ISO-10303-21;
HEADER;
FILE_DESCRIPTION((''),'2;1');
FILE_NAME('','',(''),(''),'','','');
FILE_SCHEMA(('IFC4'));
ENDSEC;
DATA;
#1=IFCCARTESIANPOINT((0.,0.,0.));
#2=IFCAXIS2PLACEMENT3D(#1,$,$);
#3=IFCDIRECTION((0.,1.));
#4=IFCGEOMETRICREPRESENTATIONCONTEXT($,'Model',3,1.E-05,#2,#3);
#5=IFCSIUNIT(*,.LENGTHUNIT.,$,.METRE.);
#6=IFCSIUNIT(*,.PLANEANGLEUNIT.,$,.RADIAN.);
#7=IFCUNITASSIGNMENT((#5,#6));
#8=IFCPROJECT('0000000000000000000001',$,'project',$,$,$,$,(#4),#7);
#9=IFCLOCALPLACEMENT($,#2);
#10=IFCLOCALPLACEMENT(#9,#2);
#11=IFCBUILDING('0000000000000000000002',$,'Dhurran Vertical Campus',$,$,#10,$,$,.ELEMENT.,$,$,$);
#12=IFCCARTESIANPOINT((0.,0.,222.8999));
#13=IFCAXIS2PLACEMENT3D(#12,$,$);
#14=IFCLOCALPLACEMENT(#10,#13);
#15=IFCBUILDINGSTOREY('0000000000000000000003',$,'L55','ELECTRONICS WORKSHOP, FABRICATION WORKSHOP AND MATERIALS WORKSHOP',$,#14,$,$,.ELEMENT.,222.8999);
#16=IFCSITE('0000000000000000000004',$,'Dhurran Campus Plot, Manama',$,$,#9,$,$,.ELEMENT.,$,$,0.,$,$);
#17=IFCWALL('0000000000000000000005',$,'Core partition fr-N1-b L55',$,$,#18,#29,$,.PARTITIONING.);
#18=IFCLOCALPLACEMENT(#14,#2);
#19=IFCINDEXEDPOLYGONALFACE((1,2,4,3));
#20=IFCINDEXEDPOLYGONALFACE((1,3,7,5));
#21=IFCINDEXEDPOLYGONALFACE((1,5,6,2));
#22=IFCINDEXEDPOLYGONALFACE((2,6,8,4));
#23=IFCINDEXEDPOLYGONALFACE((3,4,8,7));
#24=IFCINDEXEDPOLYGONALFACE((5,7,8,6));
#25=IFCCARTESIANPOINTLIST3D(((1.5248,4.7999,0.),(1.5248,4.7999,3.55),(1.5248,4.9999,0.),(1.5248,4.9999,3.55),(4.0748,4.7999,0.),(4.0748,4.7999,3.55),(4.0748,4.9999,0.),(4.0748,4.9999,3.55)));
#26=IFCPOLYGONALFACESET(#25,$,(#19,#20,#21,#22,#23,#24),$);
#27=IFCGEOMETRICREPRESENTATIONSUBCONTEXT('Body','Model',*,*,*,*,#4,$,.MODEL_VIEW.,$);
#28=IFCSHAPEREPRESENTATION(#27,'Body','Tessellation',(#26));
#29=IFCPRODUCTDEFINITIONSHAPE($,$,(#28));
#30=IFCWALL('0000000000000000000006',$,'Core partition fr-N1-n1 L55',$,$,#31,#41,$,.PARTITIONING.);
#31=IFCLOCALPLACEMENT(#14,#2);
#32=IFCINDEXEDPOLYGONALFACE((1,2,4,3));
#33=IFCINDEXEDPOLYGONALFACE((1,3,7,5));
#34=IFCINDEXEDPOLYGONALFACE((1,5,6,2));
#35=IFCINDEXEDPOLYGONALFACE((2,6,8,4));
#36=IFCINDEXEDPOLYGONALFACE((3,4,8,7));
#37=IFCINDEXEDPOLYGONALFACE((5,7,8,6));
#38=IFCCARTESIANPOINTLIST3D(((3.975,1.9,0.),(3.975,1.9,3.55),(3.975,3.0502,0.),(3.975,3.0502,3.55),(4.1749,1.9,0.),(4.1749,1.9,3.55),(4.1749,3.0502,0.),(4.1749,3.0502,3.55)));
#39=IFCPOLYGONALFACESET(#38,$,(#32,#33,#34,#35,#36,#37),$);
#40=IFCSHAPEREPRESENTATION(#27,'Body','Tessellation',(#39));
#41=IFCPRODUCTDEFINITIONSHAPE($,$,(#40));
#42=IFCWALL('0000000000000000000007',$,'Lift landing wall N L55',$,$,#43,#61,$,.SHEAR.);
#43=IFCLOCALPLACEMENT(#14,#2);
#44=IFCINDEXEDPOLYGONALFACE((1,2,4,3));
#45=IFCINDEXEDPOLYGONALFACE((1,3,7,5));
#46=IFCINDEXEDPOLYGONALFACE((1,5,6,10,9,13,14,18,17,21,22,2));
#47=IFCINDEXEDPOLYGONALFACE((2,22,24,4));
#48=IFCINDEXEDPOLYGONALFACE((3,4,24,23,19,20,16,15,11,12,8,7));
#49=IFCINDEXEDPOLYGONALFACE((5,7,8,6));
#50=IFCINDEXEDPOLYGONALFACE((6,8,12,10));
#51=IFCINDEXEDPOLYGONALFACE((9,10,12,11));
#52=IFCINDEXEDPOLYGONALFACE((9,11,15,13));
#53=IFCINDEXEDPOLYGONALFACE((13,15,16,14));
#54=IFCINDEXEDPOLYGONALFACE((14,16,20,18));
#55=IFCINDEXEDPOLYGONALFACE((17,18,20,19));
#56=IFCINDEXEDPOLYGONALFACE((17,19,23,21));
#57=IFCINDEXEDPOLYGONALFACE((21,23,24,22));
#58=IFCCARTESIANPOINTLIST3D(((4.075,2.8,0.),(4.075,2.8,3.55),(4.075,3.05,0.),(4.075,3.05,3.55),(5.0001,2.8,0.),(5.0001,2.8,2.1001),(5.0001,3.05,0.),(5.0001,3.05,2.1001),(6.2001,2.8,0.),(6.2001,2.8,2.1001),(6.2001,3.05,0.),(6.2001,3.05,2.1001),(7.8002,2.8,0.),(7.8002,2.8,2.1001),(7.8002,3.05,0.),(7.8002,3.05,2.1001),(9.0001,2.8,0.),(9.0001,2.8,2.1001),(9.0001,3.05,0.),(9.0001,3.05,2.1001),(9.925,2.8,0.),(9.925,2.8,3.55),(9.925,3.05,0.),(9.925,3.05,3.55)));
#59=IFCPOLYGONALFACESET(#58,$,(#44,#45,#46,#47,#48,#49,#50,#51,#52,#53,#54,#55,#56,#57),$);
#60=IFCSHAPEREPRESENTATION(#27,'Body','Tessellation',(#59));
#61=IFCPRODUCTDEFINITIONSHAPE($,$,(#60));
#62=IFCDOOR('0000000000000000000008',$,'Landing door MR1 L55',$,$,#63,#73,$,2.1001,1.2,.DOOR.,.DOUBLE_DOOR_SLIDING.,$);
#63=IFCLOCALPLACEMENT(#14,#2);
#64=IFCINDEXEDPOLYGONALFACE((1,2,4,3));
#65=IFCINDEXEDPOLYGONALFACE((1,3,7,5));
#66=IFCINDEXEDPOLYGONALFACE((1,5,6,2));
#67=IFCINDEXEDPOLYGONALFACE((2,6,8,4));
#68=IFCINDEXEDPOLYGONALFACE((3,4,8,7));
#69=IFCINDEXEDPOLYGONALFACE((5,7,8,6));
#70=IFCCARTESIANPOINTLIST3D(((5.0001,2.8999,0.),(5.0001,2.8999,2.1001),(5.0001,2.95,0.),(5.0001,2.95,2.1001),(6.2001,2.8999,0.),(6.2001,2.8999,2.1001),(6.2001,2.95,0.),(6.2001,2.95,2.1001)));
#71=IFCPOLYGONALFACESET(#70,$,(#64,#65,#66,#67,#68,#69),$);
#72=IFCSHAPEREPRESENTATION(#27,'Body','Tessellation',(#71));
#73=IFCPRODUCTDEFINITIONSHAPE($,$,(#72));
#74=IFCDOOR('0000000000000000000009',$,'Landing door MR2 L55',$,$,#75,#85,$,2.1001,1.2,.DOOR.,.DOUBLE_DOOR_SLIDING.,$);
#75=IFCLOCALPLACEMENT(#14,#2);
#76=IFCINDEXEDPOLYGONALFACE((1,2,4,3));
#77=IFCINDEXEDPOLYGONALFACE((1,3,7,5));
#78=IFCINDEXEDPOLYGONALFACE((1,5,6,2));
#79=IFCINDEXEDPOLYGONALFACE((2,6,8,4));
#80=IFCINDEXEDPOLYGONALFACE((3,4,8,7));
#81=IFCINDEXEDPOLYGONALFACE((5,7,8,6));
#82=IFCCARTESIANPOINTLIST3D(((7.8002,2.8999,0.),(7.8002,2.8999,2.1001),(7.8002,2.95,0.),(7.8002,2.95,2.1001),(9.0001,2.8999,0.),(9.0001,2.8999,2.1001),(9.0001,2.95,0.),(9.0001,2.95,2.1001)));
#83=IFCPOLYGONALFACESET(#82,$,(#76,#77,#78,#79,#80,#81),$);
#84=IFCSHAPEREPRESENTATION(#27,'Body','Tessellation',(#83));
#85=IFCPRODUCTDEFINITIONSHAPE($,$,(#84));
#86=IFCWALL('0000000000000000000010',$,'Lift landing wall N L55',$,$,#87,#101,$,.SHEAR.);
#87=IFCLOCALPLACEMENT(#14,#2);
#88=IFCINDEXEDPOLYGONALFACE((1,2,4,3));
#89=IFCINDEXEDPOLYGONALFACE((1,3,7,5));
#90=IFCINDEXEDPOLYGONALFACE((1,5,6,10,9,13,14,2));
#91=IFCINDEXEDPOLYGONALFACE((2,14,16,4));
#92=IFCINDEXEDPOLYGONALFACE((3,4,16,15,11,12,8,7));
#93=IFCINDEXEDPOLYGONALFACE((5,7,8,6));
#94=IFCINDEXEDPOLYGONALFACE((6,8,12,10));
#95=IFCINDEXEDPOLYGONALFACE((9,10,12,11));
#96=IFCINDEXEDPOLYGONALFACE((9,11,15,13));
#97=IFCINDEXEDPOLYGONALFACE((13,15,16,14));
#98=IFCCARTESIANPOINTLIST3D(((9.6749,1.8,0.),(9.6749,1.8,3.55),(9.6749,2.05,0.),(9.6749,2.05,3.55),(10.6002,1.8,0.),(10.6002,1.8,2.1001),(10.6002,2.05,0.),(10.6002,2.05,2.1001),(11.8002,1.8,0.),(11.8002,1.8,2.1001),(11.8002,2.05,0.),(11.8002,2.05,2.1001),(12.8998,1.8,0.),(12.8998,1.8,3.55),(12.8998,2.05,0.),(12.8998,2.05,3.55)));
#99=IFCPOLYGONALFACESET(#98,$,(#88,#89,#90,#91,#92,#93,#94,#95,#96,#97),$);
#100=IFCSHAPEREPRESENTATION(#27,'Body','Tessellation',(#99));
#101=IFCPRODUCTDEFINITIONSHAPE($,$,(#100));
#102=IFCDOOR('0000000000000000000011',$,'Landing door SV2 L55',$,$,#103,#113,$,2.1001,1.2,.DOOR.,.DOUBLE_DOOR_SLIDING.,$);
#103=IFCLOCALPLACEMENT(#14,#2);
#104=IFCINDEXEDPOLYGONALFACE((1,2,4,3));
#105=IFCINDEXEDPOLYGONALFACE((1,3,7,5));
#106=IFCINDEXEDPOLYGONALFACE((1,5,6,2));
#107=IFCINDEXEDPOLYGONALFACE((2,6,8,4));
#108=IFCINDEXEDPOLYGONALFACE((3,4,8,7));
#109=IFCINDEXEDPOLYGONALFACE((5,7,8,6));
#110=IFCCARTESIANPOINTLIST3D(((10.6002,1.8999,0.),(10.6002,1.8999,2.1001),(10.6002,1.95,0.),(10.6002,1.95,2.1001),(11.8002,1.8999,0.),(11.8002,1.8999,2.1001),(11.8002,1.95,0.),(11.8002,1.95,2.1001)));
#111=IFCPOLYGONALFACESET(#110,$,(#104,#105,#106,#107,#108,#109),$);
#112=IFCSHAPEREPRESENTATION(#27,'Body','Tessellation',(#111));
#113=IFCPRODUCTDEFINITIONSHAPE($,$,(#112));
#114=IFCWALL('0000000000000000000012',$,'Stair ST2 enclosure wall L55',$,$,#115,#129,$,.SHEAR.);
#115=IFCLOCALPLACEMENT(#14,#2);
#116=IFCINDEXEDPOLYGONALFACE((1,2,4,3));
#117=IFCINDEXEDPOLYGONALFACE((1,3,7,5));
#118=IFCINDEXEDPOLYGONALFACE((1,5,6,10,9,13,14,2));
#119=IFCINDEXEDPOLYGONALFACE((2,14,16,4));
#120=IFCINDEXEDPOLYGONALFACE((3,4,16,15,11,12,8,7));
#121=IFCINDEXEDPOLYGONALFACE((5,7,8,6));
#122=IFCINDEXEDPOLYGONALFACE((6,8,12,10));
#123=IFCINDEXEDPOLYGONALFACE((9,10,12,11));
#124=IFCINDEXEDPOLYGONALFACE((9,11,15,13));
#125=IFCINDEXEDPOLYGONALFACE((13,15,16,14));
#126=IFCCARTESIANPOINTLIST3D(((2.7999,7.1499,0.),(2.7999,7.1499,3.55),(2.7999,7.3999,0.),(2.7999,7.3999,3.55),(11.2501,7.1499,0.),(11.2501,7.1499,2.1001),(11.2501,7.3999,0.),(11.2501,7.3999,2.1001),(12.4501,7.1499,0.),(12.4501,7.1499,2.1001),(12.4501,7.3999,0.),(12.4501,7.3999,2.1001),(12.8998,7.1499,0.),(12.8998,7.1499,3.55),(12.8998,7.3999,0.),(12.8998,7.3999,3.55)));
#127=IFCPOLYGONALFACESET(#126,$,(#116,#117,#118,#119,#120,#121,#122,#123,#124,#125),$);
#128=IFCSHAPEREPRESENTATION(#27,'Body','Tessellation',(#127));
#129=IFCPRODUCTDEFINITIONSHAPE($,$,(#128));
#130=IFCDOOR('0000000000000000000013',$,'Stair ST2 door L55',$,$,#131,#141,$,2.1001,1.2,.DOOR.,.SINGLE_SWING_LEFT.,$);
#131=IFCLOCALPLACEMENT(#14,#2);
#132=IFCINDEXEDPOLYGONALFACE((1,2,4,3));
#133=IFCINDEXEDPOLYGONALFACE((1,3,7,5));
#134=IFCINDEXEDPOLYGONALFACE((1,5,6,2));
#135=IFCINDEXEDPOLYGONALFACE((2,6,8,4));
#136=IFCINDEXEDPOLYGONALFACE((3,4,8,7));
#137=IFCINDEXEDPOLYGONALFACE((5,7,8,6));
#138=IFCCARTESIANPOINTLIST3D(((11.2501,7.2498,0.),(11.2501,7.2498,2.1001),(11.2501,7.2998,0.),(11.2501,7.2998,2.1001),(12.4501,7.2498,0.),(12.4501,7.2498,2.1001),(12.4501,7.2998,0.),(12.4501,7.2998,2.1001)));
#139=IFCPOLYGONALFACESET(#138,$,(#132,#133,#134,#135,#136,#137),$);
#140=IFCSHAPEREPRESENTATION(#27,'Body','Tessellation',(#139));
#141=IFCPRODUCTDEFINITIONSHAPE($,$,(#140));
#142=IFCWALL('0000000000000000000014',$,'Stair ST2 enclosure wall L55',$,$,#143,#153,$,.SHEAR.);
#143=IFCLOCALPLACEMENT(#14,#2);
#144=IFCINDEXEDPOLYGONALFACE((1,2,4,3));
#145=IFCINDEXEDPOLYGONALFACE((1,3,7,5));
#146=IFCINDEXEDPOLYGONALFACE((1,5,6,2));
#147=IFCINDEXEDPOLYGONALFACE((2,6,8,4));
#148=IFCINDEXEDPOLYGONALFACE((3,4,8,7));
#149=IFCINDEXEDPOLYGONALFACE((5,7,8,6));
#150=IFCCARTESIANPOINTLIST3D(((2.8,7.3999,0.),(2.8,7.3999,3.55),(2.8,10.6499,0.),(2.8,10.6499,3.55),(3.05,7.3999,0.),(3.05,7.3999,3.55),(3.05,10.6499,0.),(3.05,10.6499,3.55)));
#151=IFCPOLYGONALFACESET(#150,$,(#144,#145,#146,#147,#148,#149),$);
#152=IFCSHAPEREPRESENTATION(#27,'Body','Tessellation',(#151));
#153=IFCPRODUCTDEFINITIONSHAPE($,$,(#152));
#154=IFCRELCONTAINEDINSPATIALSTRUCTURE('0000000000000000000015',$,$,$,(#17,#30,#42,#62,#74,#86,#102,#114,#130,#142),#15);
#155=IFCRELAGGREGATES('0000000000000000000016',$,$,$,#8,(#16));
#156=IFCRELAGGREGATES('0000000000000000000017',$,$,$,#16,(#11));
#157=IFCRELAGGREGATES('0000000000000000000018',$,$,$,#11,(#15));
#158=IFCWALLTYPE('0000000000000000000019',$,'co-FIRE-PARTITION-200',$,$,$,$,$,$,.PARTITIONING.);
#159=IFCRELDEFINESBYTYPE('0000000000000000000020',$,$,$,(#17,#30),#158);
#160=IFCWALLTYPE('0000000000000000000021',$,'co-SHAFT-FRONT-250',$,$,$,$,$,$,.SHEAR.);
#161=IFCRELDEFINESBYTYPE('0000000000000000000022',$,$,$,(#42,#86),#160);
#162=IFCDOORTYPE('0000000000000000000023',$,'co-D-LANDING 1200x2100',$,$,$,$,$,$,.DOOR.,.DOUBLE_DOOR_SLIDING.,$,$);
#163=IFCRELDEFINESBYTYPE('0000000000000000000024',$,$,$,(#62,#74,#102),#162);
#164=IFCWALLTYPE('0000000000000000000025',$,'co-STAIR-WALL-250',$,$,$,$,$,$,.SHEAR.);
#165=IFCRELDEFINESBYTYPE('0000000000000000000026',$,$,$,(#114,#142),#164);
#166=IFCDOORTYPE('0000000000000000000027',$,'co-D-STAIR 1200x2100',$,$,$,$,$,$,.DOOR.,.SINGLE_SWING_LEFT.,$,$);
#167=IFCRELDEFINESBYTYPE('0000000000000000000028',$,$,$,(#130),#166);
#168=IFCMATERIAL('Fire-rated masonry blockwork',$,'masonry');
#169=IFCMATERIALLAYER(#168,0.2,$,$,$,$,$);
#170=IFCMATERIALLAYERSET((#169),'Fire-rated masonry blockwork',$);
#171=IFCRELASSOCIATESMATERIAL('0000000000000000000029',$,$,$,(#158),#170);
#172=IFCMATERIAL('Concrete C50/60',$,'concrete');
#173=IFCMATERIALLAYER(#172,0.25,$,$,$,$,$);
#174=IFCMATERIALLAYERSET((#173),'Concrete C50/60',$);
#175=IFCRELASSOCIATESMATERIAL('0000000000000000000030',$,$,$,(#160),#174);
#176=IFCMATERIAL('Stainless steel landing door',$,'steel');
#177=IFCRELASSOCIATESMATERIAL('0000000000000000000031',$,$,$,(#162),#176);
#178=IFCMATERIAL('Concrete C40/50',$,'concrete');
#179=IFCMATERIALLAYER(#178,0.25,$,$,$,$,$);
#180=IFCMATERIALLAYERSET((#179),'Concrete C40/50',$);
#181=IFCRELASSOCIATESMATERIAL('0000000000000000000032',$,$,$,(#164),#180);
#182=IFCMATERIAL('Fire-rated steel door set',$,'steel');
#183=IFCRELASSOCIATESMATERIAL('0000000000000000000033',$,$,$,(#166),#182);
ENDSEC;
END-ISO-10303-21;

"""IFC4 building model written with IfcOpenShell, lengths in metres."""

from ifc_helpers import new_model, si_unit, direction, frame, frame_2d, origin, place, context, subcontext, project, spatial, rectangle, extrude, material, layer, layer_set, type_object, element, fill, save


model = new_model("IFC4")

# Units and contexts
model_context = context("Model", 3, precision=1e-05, world=origin(), true_north=direction((0.0, 1.0)))
body_context = subcontext(model_context, "Body", "Model", "MODEL_VIEW")
ifc_project = project(units=[si_unit("LENGTHUNIT", "METRE"), si_unit("PLANEANGLEUNIT", "RADIAN")], contexts=[model_context])

# Site, building, storey
site_placement = place(None, origin())
site = spatial("IfcSite", under=ifc_project, at=site_placement, Name="Dhurran Campus Plot, Manama", CompositionType="ELEMENT", RefElevation=0.0)
building_placement = place(site_placement, origin())
building = spatial("IfcBuilding", under=site, at=building_placement, Name="Dhurran Vertical Campus", CompositionType="ELEMENT")
storey_placement = place(building_placement, frame((0.0, 0.0, 222.8999)))
storey = spatial("IfcBuildingStorey", under=building, at=storey_placement, Name="L55", Description="ELECTRONICS WORKSHOP, FABRICATION WORKSHOP AND MATERIALS WORKSHOP", CompositionType="ELEMENT", Elevation=222.8999)

# Shared definitions
ifc_material_1 = material(Name="Fire-rated masonry blockwork", Category="masonry")
ifc_layer_1 = layer(ifc_material_1, 0.2)
ifc_layer_set_1 = layer_set([ifc_layer_1], Name="Fire-rated masonry blockwork")
wall_type_1 = type_object("IfcWallType", Name="co-FIRE-PARTITION-200", PredefinedType="PARTITIONING", material=ifc_layer_set_1)

# Walls
wall_1_placement = place(storey_placement, frame((1.5249, 4.8999, 0.0), z_axis=(0.0, 0.0, 1.0), x_axis=(1.0, 0.0, 0.0)))
element("IfcWall", 1, at=wall_1_placement, inside=storey, type_object=wall_type_1, Name="Core partition fr-N1-b L55", PredefinedType="PARTITIONING", context=body_context, shape_type="SweptSolid", body=[
    extrude(rectangle(XDim=2.55, YDim=0.2, at=frame_2d((1.2749, 0.0))), origin(), (0.0, 0.0, 1.0), 3.55),
])
wall_2_placement = place(storey_placement, frame((4.075, 1.8999, 0.0), z_axis=(0.0, 0.0, 1.0), x_axis=(0.0, 1.0, 0.0)))
element("IfcWall", 2, at=wall_2_placement, inside=storey, type_object=wall_type_1, Name="Core partition fr-N1-n1 L55", PredefinedType="PARTITIONING", context=body_context, shape_type="SweptSolid", body=[
    extrude(rectangle(XDim=1.1501, YDim=0.2, at=frame_2d((0.5752, 0.0))), origin(), (0.0, 0.0, 1.0), 3.55),
])

# Wall, openings, doors
ifc_material_2 = material(Name="Concrete C50/60", Category="concrete")
ifc_layer_2 = layer(ifc_material_2, 0.25)
ifc_layer_set_2 = layer_set([ifc_layer_2], Name="Concrete C50/60")
wall_type_2 = type_object("IfcWallType", Name="co-SHAFT-FRONT-250", PredefinedType="SHEAR", material=ifc_layer_set_2)
wall_3_placement = place(storey_placement, frame((4.075, 2.925, 0.0), z_axis=(0.0, 0.0, 1.0), x_axis=(1.0, 0.0, 0.0)))
wall_3 = element("IfcWall", 3, at=wall_3_placement, inside=storey, type_object=wall_type_2, Name="Lift landing wall N L55", PredefinedType="SHEAR", context=body_context, shape_type="SweptSolid", body=[
    extrude(rectangle(XDim=5.8501, YDim=0.25, at=frame_2d((2.925, 0.0))), origin(), (0.0, 0.0, 1.0), 3.55),
])
opening_1_placement = place(wall_3_placement, frame((0.925, 0.0, 0.0)))
opening_1 = element("IfcOpeningElement", 4, at=opening_1_placement, cuts=wall_3, PredefinedType="OPENING", context=body_context, shape_type="SweptSolid", body=[
    extrude(rectangle(XDim=1.2, YDim=2.1001, at=frame_2d((0.6001, 1.05))), frame((0.0, 0.135, 0.0), z_axis=(0.0, -1.0, 0.0), x_axis=(1.0, 0.0, 0.0)), (0.0, 0.0, 1.0), 0.27),
])
opening_2_placement = place(wall_3_placement, frame((3.7251, 0.0, 0.0)))
opening_2 = element("IfcOpeningElement", 5, at=opening_2_placement, cuts=wall_3, PredefinedType="OPENING", context=body_context, shape_type="SweptSolid", body=[
    extrude(rectangle(XDim=1.2, YDim=2.1001, at=frame_2d((0.6001, 1.05))), frame((0.0, 0.135, 0.0), z_axis=(0.0, -1.0, 0.0), x_axis=(1.0, 0.0, 0.0)), (0.0, 0.0, 1.0), 0.27),
])
ifc_material_3 = material(Name="Stainless steel landing door", Category="steel")
door_type_1 = type_object("IfcDoorType", Name="co-D-LANDING 1200x2100", OperationType="DOUBLE_DOOR_SLIDING", PredefinedType="DOOR", material=ifc_material_3)
door_1_placement = place(opening_1_placement, origin())
door_1 = element("IfcDoor", 6, at=door_1_placement, inside=storey, type_object=door_type_1, Name="Landing door MR1 L55", OperationType="DOUBLE_DOOR_SLIDING", OverallHeight=2.1001, OverallWidth=1.2, PredefinedType="DOOR", context=body_context, shape_type="SweptSolid", body=[
    extrude(rectangle(XDim=1.2, YDim=2.1001, at=frame_2d((0.6001, 1.05))), frame((0.0, 0.0249, 0.0), z_axis=(0.0, -1.0, 0.0), x_axis=(1.0, 0.0, 0.0)), (0.0, 0.0, 1.0), 0.05),
])
fill(opening_1, door_1)
door_2_placement = place(opening_2_placement, origin())
door_2 = element("IfcDoor", 7, at=door_2_placement, inside=storey, type_object=door_type_1, Name="Landing door MR2 L55", OperationType="DOUBLE_DOOR_SLIDING", OverallHeight=2.1001, OverallWidth=1.2, PredefinedType="DOOR", context=body_context, shape_type="SweptSolid", body=[
    extrude(rectangle(XDim=1.2, YDim=2.1001, at=frame_2d((0.6001, 1.05))), frame((0.0, 0.0249, 0.0), z_axis=(0.0, -1.0, 0.0), x_axis=(1.0, 0.0, 0.0)), (0.0, 0.0, 1.0), 0.05),
])
fill(opening_2, door_2)

# Walls, openings, doors
wall_4_placement = place(storey_placement, frame((9.675, 1.925, 0.0), z_axis=(0.0, 0.0, 1.0), x_axis=(1.0, 0.0, 0.0)))
wall_4 = element("IfcWall", 8, at=wall_4_placement, inside=storey, type_object=wall_type_2, Name="Lift landing wall N L55", PredefinedType="SHEAR", context=body_context, shape_type="SweptSolid", body=[
    extrude(rectangle(XDim=3.2249, YDim=0.25, at=frame_2d((1.6123, 0.0))), origin(), (0.0, 0.0, 1.0), 3.55),
])
opening_3_placement = place(wall_4_placement, frame((0.925, 0.0, 0.0)))
opening_3 = element("IfcOpeningElement", 9, at=opening_3_placement, cuts=wall_4, PredefinedType="OPENING", context=body_context, shape_type="SweptSolid", body=[
    extrude(rectangle(XDim=1.2, YDim=2.1001, at=frame_2d((0.6001, 1.05))), frame((0.0, 0.135, 0.0), z_axis=(0.0, -1.0, 0.0), x_axis=(1.0, 0.0, 0.0)), (0.0, 0.0, 1.0), 0.27),
])
door_3_placement = place(opening_3_placement, origin())
door_3 = element("IfcDoor", 10, at=door_3_placement, inside=storey, type_object=door_type_1, Name="Landing door SV2 L55", OperationType="DOUBLE_DOOR_SLIDING", OverallHeight=2.1001, OverallWidth=1.2, PredefinedType="DOOR", context=body_context, shape_type="SweptSolid", body=[
    extrude(rectangle(XDim=1.2, YDim=2.1001, at=frame_2d((0.6001, 1.05))), frame((0.0, 0.0249, 0.0), z_axis=(0.0, -1.0, 0.0), x_axis=(1.0, 0.0, 0.0)), (0.0, 0.0, 1.0), 0.05),
])
fill(opening_3, door_3)
ifc_material_4 = material(Name="Concrete C40/50", Category="concrete")
ifc_layer_3 = layer(ifc_material_4, 0.25)
ifc_layer_set_3 = layer_set([ifc_layer_3], Name="Concrete C40/50")
wall_type_3 = type_object("IfcWallType", Name="co-STAIR-WALL-250", PredefinedType="SHEAR", material=ifc_layer_set_3)
wall_5_placement = place(storey_placement, frame((2.8, 7.2749, 0.0), z_axis=(0.0, 0.0, 1.0), x_axis=(1.0, 0.0, 0.0)))
wall_5 = element("IfcWall", 11, at=wall_5_placement, inside=storey, type_object=wall_type_3, Name="Stair ST2 enclosure wall L55", PredefinedType="SHEAR", context=body_context, shape_type="SweptSolid", body=[
    extrude(rectangle(XDim=10.0999, YDim=0.25, at=frame_2d((5.0498, 0.0))), origin(), (0.0, 0.0, 1.0), 3.55),
])
opening_4_placement = place(wall_5_placement, frame((8.45, 0.0, 0.0)))
opening_4 = element("IfcOpeningElement", 12, at=opening_4_placement, cuts=wall_5, PredefinedType="OPENING", context=body_context, shape_type="SweptSolid", body=[
    extrude(rectangle(XDim=1.2, YDim=2.1001, at=frame_2d((0.6001, 1.05))), frame((0.0, 0.135, 0.0), z_axis=(0.0, -1.0, 0.0), x_axis=(1.0, 0.0, 0.0)), (0.0, 0.0, 1.0), 0.27),
])
ifc_material_5 = material(Name="Fire-rated steel door set", Category="steel")
door_type_2 = type_object("IfcDoorType", Name="co-D-STAIR 1200x2100", OperationType="SINGLE_SWING_LEFT", PredefinedType="DOOR", material=ifc_material_5)
door_4_placement = place(opening_4_placement, origin())
door_4 = element("IfcDoor", 13, at=door_4_placement, inside=storey, type_object=door_type_2, Name="Stair ST2 door L55", OperationType="SINGLE_SWING_LEFT", OverallHeight=2.1001, OverallWidth=1.2, PredefinedType="DOOR", context=body_context, shape_type="SweptSolid", body=[
    extrude(rectangle(XDim=1.2, YDim=2.1001, at=frame_2d((0.6001, 1.05))), frame((0.0, 0.0249, 0.0), z_axis=(0.0, -1.0, 0.0), x_axis=(1.0, 0.0, 0.0)), (0.0, 0.0, 1.0), 0.05),
])
fill(opening_4, door_4)

# Wall
wall_6_placement = place(storey_placement, frame((2.925, 7.3999, 0.0), z_axis=(0.0, 0.0, 1.0), x_axis=(0.0, 1.0, 0.0)))
element("IfcWall", 14, at=wall_6_placement, inside=storey, type_object=wall_type_3, Name="Stair ST2 enclosure wall L55", PredefinedType="SHEAR", context=body_context, shape_type="SweptSolid", body=[
    extrude(rectangle(XDim=3.25, YDim=0.25, at=frame_2d((1.625, 0.0))), origin(), (0.0, 0.0, 1.0), 3.55),
])

save(model, "model.ifc")
